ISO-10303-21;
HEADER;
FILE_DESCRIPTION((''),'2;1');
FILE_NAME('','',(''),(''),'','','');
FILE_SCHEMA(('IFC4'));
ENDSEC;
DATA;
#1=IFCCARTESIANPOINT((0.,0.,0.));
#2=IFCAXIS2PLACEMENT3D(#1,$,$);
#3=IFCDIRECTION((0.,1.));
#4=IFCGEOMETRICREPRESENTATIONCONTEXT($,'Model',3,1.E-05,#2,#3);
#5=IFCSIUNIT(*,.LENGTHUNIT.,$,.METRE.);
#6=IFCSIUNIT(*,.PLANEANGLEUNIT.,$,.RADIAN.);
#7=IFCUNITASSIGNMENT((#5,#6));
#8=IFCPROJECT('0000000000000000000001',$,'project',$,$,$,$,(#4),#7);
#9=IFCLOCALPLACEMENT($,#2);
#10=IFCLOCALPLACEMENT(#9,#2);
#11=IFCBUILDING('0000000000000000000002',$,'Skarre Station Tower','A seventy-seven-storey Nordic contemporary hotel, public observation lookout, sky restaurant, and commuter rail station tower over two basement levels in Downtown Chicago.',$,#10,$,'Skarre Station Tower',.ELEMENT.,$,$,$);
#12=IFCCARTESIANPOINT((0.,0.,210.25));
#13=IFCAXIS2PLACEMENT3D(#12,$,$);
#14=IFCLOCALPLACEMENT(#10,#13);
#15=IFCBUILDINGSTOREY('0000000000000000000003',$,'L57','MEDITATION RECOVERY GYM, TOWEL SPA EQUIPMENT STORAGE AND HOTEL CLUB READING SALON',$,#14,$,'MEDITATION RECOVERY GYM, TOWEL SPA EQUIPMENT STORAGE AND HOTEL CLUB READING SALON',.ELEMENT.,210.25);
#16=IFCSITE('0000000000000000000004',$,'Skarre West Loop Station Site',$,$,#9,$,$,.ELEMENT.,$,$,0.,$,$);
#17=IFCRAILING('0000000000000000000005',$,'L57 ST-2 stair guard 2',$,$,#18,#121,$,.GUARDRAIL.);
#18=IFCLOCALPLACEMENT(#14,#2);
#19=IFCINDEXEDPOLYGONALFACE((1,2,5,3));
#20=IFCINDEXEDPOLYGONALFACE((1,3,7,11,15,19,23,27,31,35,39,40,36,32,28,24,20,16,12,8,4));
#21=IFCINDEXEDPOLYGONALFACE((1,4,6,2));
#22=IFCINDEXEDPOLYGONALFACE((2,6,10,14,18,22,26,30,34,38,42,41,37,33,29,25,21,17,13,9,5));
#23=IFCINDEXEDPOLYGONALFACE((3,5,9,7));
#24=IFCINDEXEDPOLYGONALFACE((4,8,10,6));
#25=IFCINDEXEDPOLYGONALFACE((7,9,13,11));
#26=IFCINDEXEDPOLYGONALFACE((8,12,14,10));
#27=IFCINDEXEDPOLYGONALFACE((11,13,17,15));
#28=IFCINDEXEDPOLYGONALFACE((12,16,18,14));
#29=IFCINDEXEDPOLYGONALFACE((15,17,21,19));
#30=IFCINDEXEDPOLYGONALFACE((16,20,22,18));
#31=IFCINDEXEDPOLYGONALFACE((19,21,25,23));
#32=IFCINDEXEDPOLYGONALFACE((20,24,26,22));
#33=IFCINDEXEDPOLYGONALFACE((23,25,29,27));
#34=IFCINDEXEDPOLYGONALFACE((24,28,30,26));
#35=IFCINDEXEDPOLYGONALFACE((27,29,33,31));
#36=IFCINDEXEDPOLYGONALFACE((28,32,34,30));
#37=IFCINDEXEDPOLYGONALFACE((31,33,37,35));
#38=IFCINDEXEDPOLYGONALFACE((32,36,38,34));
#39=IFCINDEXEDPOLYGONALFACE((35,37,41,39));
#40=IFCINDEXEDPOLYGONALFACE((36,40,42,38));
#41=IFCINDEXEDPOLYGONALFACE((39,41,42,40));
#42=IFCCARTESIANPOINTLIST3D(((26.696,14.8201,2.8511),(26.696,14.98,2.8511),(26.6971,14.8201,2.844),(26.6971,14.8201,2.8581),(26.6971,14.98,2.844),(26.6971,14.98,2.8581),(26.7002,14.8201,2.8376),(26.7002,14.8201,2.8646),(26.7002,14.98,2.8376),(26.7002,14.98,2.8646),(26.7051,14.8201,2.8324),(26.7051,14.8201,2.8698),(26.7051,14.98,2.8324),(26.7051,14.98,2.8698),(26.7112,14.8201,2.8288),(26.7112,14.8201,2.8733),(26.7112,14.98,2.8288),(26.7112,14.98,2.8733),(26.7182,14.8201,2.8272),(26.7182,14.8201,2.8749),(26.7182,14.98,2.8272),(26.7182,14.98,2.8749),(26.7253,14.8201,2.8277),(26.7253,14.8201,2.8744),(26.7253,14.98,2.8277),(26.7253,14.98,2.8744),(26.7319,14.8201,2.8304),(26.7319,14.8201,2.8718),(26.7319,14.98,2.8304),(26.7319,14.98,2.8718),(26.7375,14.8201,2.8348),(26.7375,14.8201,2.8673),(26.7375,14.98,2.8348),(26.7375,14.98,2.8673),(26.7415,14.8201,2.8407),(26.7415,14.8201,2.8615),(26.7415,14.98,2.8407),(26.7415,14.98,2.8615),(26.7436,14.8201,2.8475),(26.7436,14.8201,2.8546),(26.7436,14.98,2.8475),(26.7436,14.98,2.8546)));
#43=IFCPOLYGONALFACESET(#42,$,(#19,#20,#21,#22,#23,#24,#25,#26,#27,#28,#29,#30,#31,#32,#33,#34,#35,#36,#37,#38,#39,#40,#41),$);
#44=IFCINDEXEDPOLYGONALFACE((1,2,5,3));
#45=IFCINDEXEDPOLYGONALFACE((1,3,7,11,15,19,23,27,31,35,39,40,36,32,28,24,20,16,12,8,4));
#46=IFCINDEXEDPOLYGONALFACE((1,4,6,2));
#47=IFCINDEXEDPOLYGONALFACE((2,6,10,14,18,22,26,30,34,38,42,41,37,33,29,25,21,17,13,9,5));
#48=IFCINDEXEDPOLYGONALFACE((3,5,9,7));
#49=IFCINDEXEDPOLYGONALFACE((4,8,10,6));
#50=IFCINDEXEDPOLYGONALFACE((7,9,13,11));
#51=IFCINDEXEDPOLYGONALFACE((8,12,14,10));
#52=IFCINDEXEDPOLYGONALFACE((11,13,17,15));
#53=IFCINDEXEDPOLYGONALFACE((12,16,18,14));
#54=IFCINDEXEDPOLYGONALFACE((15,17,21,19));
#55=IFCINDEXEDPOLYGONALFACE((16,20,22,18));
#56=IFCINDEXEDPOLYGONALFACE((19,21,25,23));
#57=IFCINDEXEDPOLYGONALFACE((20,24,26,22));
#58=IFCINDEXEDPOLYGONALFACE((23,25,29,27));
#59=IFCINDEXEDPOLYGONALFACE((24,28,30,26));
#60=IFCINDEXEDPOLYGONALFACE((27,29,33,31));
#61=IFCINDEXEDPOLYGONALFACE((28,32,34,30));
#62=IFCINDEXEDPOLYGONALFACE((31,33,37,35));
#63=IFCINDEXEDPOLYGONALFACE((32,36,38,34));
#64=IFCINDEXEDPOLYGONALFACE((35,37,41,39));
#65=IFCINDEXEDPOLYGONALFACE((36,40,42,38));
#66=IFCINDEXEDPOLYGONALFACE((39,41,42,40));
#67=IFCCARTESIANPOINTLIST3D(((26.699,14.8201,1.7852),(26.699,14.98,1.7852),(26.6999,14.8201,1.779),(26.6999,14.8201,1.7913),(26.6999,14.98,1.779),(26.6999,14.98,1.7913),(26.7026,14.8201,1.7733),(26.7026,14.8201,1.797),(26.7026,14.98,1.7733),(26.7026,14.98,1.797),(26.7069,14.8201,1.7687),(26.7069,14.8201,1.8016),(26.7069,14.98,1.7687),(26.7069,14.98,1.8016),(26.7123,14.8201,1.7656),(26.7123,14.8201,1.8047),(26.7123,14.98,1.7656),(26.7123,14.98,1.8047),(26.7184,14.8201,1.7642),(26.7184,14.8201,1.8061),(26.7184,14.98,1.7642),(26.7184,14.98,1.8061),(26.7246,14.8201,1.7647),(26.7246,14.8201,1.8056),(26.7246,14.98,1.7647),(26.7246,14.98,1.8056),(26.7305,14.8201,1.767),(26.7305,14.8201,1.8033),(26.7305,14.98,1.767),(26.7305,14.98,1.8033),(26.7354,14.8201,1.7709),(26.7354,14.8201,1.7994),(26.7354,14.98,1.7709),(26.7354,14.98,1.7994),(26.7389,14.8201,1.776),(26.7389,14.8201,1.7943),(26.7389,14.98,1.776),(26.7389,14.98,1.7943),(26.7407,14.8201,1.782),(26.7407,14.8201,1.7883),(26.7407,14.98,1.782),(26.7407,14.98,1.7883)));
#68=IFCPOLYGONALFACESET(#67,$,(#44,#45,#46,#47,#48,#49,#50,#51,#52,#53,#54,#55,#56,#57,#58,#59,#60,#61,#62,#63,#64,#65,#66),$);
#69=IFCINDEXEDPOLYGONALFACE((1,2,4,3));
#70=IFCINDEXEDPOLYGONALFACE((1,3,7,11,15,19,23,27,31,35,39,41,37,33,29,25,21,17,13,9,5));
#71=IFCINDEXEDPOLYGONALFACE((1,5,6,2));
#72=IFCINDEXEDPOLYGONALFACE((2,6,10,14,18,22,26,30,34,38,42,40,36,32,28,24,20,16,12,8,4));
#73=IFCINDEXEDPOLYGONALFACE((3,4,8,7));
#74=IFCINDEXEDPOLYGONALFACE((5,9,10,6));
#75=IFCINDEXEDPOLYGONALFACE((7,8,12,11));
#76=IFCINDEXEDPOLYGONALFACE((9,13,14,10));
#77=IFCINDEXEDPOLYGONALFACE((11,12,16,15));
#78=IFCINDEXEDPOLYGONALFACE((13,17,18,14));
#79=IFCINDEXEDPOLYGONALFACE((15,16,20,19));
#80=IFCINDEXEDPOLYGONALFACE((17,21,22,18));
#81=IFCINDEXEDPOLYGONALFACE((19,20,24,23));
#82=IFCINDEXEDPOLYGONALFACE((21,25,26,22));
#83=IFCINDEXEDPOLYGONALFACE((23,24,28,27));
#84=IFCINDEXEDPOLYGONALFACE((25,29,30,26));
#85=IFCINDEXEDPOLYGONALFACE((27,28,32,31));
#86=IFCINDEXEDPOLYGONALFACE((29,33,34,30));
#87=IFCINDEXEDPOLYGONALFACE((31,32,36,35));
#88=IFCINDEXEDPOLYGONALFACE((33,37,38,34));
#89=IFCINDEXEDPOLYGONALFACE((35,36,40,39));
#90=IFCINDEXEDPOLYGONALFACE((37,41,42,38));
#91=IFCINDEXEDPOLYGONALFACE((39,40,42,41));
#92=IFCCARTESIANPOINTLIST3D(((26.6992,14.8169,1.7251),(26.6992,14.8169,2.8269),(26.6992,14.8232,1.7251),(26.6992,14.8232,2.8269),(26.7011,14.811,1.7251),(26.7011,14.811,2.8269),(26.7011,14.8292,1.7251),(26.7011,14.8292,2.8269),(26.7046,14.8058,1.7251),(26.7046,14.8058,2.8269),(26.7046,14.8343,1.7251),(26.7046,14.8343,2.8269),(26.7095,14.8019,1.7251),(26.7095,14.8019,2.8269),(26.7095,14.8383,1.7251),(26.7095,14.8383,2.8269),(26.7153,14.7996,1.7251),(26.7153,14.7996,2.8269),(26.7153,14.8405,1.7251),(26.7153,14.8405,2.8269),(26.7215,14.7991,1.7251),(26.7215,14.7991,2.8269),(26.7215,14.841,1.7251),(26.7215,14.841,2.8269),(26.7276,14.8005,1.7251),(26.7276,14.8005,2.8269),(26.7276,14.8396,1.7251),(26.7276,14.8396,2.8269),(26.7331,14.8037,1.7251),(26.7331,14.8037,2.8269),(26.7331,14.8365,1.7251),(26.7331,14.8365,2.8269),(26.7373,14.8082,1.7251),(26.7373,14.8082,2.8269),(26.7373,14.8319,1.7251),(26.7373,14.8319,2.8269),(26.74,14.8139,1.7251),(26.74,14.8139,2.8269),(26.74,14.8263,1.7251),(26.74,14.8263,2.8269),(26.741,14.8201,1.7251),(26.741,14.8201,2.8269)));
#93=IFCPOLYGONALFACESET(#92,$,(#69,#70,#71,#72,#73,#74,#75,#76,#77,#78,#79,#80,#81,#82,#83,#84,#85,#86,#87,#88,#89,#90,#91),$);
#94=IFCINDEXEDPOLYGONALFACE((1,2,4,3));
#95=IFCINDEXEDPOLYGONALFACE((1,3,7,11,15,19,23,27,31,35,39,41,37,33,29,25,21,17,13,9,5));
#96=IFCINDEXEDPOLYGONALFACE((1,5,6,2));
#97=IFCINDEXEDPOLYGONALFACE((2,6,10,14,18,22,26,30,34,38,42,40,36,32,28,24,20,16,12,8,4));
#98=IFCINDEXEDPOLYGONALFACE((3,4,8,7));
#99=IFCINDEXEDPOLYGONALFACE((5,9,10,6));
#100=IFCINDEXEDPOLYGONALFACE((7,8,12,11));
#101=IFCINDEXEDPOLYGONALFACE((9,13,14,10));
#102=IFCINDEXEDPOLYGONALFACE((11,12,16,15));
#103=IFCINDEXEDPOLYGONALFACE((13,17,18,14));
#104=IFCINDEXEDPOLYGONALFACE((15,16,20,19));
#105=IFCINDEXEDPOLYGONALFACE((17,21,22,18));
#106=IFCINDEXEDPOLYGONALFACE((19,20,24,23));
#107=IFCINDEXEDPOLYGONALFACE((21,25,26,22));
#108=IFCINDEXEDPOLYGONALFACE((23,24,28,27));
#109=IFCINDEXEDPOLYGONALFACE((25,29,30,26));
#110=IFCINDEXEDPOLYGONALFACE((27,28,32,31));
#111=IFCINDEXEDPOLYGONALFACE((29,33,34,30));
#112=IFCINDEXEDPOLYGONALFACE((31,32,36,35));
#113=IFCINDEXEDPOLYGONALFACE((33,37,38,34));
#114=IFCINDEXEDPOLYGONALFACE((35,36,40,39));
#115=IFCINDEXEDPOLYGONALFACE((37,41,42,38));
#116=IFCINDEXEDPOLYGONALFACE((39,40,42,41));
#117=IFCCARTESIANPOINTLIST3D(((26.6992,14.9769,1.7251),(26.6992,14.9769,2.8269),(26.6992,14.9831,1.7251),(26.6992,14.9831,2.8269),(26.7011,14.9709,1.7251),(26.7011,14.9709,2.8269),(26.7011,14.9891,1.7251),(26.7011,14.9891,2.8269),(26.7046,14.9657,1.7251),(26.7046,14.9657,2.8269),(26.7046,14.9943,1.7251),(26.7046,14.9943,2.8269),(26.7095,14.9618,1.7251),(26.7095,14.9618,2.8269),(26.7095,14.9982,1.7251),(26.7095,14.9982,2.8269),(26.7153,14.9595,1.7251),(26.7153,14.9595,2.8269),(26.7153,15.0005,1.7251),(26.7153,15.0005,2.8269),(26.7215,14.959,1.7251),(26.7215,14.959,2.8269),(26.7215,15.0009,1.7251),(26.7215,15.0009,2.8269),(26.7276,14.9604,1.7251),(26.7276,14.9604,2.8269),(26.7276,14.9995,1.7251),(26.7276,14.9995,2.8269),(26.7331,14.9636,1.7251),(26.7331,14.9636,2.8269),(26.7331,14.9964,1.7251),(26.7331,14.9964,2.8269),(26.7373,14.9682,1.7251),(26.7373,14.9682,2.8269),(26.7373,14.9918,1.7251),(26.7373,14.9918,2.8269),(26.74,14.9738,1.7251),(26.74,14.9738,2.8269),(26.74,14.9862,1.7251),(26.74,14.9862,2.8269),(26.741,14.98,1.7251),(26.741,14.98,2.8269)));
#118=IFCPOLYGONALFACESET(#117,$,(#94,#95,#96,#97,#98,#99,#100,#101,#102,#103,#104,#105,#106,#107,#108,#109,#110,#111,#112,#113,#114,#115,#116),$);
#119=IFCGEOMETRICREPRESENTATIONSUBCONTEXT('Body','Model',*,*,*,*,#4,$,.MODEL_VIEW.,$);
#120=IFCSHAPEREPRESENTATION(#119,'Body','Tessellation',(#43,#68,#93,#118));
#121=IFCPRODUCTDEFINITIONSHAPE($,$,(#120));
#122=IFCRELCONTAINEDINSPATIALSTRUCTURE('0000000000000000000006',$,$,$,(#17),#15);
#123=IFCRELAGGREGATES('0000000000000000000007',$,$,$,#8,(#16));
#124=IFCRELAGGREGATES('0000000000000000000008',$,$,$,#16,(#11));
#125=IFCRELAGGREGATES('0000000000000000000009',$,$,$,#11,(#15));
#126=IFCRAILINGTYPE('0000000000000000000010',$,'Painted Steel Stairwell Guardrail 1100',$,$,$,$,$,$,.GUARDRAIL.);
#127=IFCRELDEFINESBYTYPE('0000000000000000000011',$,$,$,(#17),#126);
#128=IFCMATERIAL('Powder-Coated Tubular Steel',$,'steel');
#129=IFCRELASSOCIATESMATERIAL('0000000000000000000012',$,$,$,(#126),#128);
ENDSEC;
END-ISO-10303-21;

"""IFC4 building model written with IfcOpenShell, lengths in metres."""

from ifc_helpers import new_model, si_unit, direction, frame, origin, origin_2d, place, context, subcontext, project, spatial, circle, extrude, material, type_object, element, save


model = new_model("IFC4")

# Units and contexts
model_context = context("Model", 3, precision=1e-05, world=origin(), true_north=direction((0.0, 1.0)))
body_context = subcontext(model_context, "Body", "Model", "MODEL_VIEW")
ifc_project = project(units=[si_unit("LENGTHUNIT", "METRE"), si_unit("PLANEANGLEUNIT", "RADIAN")], contexts=[model_context])

# Site, building, storey
site_placement = place(None, origin())
site = spatial("IfcSite", under=ifc_project, at=site_placement, Name="Skarre West Loop Station Site", CompositionType="ELEMENT", RefElevation=0.0)
building_placement = place(site_placement, origin())
building = spatial("IfcBuilding", under=site, at=building_placement, Name="Skarre Station Tower", Description="A seventy-seven-storey Nordic contemporary hotel, public observation lookout, sky restaurant, and commuter rail station tower over two basement levels in Downtown Chicago.", LongName="Skarre Station Tower", CompositionType="ELEMENT")
storey_placement = place(building_placement, frame((0.0, 0.0, 210.25)))
storey = spatial("IfcBuildingStorey", under=building, at=storey_placement, Name="L57", Description="MEDITATION RECOVERY GYM, TOWEL SPA EQUIPMENT STORAGE AND HOTEL CLUB READING SALON", LongName="MEDITATION RECOVERY GYM, TOWEL SPA EQUIPMENT STORAGE AND HOTEL CLUB READING SALON", CompositionType="ELEMENT", Elevation=210.25)

# Railing
ifc_material_1 = material(Name="Powder-Coated Tubular Steel", Category="steel")
railing_type_1 = type_object("IfcRailingType", Name="Painted Steel Stairwell Guardrail 1100", PredefinedType="GUARDRAIL", material=ifc_material_1)
railing_1_placement = place(storey_placement, frame((26.72, 14.8201, 1.7251)))
element("IfcRailing", 1, at=railing_1_placement, inside=storey, type_object=railing_type_1, Name="L57 ST-2 stair guard 2", PredefinedType="GUARDRAIL", context=body_context, shape_type="SweptSolid", body=[
    extrude(circle(Radius=0.0239, at=origin_2d()), frame((0.0, 0.0, 1.126), z_axis=(0.0, 1.0, 0.0), x_axis=(-1.0, 0.0, 0.0)), (0.0, 0.0, 1.0), 0.1599),
    extrude(circle(Radius=0.021, at=origin_2d()), frame((0.0, 0.0, 0.0601), z_axis=(0.0, 1.0, 0.0), x_axis=(-1.0, 0.0, 0.0)), (0.0, 0.0, 1.0), 0.1599),
    extrude(circle(Radius=0.021, at=origin_2d()), origin(), (0.0, 0.0, 1.0), 1.1018),
    extrude(circle(Radius=0.021, at=origin_2d()), frame((0.0, 0.1599, 0.0)), (0.0, 0.0, 1.0), 1.1018),
])

save(model, "model.ifc")
